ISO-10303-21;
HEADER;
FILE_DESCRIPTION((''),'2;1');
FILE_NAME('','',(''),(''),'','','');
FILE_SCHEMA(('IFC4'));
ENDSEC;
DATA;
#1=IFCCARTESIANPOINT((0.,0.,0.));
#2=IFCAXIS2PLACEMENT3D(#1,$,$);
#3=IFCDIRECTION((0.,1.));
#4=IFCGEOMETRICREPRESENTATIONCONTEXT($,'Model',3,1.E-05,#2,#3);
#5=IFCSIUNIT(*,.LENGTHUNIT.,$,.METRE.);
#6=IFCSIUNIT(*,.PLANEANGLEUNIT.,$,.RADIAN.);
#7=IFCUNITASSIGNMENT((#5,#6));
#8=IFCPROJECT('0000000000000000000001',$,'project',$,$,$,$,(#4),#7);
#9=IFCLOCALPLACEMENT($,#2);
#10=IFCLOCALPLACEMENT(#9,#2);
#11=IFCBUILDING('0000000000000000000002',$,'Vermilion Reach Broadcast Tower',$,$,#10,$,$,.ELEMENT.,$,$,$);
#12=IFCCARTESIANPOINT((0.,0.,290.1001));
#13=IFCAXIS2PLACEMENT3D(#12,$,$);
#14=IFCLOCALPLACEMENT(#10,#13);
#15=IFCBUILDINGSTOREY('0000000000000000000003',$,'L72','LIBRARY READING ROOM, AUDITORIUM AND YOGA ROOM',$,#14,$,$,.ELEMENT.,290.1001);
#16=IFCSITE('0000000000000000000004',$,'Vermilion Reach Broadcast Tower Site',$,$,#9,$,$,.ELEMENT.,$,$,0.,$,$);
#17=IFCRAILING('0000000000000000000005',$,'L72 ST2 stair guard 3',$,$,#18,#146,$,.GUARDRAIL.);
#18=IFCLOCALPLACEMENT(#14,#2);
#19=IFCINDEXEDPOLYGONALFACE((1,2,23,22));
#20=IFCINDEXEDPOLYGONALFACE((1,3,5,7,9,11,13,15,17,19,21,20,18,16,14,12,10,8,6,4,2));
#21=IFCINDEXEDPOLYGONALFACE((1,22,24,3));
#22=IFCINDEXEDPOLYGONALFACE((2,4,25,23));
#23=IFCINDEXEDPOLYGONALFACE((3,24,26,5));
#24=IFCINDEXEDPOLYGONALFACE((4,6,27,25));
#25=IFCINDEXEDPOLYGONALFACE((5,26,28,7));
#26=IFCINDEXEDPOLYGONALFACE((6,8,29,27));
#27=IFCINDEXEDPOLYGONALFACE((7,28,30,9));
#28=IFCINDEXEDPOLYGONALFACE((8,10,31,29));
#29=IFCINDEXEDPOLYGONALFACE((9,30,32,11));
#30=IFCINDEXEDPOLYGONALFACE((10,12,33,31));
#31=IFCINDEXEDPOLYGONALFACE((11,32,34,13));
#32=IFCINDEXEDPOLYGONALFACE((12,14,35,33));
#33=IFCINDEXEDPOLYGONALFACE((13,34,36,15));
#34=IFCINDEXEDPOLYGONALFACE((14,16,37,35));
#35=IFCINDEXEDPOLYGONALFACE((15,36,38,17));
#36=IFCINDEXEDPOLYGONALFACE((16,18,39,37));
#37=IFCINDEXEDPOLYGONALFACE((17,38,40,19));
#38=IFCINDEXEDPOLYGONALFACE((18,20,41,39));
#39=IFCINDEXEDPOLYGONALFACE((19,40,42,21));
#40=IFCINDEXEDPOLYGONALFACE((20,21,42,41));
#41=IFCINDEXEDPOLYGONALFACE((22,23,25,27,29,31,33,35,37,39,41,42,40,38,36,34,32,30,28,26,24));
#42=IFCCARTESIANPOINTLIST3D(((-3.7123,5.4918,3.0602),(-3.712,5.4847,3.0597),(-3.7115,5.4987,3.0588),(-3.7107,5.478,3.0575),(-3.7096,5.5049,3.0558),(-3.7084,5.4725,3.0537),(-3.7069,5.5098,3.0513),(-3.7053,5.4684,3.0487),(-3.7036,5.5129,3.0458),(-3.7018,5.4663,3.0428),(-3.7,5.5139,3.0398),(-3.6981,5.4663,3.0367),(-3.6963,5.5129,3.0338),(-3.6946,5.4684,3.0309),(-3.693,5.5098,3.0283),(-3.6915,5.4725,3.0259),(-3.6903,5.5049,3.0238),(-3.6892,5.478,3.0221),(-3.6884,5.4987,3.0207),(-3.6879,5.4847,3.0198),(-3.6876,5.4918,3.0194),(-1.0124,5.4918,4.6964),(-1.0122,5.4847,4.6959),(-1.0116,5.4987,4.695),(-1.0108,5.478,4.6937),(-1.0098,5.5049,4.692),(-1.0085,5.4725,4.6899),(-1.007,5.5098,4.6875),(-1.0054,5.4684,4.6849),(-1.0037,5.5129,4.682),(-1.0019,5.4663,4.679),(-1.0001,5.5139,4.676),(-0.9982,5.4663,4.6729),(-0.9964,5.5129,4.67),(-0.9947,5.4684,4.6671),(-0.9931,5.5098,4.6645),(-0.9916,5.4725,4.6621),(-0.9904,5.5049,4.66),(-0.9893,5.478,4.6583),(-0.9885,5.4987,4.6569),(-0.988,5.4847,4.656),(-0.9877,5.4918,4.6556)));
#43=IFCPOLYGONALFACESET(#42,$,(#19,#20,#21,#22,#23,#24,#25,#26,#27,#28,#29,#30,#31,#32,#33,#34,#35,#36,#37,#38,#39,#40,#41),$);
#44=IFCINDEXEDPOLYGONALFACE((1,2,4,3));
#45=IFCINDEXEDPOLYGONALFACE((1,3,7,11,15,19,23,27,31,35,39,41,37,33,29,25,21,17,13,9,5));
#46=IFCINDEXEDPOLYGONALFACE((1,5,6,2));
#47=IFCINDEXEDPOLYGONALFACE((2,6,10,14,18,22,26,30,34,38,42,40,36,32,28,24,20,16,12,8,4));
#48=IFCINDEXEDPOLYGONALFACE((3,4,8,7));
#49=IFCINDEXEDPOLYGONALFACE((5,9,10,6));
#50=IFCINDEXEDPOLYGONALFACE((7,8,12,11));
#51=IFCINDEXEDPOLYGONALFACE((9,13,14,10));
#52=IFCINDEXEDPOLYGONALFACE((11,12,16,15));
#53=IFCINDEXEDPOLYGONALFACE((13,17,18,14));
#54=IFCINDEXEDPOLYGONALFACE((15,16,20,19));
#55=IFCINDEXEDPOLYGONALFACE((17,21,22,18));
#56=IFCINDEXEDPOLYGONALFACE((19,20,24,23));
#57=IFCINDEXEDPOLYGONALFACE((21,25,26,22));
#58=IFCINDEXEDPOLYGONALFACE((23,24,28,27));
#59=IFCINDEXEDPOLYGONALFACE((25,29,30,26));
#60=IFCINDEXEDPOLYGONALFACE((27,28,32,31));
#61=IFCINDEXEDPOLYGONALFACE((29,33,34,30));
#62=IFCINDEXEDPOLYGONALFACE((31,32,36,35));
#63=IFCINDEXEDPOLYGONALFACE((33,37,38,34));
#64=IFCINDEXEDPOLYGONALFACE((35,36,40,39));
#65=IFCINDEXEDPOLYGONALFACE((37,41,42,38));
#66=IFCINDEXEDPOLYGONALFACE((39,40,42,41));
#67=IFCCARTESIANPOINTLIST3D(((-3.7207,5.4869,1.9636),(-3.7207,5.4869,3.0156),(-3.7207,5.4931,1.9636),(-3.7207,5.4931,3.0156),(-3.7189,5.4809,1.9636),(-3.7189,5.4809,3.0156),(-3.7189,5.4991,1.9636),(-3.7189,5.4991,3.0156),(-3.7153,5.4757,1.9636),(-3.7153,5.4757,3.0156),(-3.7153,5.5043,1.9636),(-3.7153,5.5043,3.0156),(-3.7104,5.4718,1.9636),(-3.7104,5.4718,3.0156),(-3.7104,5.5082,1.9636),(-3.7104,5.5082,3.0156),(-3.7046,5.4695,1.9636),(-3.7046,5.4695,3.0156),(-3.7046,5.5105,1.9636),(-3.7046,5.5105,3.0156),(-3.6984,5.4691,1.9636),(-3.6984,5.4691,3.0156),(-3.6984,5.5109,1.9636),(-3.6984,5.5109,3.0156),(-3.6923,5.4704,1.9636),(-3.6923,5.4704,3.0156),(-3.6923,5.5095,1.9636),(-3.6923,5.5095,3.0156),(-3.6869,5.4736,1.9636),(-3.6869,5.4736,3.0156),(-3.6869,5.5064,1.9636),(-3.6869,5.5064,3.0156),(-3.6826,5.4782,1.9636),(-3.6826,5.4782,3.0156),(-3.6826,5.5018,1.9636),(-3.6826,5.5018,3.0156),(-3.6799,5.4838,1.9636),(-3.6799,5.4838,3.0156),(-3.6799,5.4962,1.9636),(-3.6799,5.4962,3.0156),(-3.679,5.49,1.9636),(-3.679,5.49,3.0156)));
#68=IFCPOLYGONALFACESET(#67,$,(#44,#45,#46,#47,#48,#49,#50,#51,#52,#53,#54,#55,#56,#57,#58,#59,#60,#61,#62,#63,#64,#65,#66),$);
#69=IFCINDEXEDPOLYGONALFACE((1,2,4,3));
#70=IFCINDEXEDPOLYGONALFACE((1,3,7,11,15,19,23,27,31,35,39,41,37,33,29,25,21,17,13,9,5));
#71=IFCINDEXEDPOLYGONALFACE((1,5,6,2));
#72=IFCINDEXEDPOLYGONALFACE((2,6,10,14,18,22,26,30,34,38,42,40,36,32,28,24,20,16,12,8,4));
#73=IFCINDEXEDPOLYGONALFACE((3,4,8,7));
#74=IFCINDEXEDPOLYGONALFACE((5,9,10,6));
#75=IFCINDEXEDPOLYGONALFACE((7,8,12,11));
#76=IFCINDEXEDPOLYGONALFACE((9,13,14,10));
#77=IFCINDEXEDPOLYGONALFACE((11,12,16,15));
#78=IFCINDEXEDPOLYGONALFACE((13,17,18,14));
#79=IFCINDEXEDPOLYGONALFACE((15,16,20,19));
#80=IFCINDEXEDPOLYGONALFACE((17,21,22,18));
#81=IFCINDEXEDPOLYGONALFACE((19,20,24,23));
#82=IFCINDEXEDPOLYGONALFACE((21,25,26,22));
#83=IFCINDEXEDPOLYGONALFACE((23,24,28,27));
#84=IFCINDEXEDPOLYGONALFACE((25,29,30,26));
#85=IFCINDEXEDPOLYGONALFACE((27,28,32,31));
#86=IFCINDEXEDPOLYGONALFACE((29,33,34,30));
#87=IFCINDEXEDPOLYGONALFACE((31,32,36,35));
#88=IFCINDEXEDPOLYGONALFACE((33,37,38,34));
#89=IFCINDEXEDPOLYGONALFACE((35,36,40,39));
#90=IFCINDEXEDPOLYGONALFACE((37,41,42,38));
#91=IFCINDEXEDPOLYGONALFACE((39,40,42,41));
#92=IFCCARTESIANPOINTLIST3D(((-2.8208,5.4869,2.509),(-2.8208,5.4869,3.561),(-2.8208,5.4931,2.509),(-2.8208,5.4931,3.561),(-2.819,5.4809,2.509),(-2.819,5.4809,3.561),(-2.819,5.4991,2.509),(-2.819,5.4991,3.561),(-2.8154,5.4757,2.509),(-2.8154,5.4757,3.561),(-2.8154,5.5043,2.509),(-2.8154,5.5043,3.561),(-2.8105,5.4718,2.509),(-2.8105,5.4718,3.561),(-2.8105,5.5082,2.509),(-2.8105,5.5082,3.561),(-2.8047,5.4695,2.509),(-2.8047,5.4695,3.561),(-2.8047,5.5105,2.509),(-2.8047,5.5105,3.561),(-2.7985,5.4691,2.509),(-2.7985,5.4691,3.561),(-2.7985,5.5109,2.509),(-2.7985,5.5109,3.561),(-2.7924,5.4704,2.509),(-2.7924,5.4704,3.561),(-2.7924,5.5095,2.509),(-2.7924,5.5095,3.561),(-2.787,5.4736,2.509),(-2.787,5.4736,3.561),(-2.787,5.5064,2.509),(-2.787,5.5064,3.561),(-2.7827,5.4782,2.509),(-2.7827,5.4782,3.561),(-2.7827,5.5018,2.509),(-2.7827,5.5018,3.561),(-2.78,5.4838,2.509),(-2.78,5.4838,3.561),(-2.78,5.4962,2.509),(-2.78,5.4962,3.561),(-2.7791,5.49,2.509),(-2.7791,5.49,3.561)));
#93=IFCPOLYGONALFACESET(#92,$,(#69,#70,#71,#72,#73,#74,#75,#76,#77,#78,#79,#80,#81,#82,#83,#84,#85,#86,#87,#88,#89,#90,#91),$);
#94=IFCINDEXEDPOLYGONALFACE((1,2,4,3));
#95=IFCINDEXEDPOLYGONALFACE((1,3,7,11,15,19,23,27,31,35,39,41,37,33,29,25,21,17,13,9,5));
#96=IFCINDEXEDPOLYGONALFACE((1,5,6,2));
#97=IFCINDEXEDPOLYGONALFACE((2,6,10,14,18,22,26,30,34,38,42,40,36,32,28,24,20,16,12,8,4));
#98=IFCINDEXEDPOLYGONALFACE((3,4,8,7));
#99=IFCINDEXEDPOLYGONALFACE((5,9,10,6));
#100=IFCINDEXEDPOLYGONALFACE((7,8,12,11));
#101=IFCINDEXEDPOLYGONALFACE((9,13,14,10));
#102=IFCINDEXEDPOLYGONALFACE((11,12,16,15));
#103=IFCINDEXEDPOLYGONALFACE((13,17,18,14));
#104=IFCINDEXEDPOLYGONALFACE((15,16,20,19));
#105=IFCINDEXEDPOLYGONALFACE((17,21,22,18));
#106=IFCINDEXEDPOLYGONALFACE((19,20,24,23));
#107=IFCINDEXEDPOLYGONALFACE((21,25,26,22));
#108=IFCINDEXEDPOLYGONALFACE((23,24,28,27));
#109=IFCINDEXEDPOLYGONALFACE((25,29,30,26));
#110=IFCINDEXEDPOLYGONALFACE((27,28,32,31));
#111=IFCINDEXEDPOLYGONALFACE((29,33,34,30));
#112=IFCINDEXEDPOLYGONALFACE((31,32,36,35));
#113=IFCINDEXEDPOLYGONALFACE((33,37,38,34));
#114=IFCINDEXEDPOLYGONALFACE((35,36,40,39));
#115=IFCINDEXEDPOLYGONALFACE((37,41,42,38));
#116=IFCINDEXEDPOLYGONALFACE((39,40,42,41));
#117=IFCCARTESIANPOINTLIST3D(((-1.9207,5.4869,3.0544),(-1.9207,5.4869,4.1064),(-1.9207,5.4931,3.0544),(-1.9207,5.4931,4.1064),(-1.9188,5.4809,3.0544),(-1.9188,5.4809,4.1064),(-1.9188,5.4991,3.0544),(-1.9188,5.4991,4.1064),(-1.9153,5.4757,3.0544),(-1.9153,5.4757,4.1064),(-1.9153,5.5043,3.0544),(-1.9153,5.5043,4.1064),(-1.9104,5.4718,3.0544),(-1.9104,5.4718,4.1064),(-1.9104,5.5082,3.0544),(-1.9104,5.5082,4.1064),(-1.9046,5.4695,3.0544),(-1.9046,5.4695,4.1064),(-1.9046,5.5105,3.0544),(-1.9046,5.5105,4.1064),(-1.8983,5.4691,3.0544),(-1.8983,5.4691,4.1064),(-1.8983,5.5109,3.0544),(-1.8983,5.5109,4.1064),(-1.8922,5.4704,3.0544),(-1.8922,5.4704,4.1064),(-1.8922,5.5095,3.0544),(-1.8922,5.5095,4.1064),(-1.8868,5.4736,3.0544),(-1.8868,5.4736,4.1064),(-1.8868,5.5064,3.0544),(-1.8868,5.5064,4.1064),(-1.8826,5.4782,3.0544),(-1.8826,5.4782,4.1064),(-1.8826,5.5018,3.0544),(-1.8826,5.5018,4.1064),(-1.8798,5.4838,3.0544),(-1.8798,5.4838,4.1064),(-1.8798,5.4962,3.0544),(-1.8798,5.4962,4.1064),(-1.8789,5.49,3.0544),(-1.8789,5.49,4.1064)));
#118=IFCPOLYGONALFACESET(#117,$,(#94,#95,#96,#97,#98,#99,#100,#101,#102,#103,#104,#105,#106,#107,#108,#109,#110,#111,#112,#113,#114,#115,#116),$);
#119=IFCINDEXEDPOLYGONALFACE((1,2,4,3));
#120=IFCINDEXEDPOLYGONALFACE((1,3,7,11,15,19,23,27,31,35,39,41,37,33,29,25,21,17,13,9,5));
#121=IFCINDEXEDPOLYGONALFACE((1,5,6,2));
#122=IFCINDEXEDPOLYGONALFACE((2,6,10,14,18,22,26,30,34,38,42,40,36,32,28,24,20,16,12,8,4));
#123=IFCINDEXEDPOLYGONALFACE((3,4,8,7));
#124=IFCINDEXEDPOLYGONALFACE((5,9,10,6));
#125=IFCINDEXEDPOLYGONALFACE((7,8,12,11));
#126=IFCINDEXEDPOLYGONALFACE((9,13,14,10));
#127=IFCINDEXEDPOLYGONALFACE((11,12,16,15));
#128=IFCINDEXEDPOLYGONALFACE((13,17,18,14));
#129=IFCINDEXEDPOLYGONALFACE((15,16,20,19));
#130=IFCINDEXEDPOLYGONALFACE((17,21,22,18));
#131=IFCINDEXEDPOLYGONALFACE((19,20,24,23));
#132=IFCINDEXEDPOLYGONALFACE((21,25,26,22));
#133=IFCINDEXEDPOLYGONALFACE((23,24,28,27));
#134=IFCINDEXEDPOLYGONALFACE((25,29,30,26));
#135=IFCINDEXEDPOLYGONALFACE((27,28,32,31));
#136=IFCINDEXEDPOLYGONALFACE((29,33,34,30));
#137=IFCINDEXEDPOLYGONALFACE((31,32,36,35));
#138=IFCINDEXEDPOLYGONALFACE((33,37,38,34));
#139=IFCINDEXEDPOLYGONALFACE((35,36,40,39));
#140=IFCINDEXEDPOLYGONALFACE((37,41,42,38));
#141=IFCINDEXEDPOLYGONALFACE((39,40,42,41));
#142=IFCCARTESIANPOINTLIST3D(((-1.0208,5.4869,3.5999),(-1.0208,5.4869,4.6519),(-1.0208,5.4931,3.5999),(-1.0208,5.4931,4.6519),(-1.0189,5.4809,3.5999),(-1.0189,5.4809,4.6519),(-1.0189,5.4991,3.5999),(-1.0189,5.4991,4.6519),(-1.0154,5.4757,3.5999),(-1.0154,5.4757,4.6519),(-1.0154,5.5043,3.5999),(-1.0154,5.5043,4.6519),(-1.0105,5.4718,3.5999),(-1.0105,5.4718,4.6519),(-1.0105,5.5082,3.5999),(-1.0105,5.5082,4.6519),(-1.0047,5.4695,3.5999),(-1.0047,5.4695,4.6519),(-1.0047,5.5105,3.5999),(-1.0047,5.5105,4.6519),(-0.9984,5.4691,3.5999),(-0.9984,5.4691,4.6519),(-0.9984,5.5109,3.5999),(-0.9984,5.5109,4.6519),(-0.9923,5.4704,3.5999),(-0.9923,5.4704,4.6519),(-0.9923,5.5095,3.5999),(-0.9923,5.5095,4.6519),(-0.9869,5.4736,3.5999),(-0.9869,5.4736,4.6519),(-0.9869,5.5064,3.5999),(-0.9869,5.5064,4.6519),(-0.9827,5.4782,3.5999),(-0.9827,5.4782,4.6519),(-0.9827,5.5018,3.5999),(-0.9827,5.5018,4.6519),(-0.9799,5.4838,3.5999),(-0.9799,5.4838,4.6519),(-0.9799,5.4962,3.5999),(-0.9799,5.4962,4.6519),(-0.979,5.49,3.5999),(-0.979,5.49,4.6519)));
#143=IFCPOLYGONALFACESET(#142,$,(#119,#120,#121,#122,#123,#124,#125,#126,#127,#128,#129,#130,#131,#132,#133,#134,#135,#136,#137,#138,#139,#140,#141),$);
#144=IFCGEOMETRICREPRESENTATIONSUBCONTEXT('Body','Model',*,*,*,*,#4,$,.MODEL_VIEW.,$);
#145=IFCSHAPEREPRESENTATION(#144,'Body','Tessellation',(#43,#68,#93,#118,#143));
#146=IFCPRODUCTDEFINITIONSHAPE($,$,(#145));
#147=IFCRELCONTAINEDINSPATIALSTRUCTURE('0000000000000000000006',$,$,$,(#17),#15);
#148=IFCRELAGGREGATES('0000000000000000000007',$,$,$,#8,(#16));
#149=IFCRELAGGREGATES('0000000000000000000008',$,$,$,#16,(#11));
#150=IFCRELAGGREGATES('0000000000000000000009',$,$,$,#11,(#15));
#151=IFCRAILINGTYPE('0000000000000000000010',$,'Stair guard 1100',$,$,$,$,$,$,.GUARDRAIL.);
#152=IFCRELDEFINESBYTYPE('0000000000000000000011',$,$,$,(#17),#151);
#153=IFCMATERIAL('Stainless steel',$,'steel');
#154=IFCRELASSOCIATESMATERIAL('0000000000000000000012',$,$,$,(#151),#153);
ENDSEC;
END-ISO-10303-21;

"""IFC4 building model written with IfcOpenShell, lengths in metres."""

from ifc_helpers import new_model, si_unit, direction, frame, origin, origin_2d, place, context, subcontext, project, spatial, circle, extrude, material, type_object, element, save


model = new_model("IFC4")

# Units and contexts
model_context = context("Model", 3, precision=1e-05, world=origin(), true_north=direction((0.0, 1.0)))
body_context = subcontext(model_context, "Body", "Model", "MODEL_VIEW")
ifc_project = project(units=[si_unit("LENGTHUNIT", "METRE"), si_unit("PLANEANGLEUNIT", "RADIAN")], contexts=[model_context])

# Site, building, storey
site_placement = place(None, origin())
site = spatial("IfcSite", under=ifc_project, at=site_placement, Name="Vermilion Reach Broadcast Tower Site", CompositionType="ELEMENT", RefElevation=0.0)
building_placement = place(site_placement, origin())
building = spatial("IfcBuilding", under=site, at=building_placement, Name="Vermilion Reach Broadcast Tower", CompositionType="ELEMENT")
storey_placement = place(building_placement, frame((0.0, 0.0, 290.1001)))
storey = spatial("IfcBuildingStorey", under=building, at=storey_placement, Name="L72", Description="LIBRARY READING ROOM, AUDITORIUM AND YOGA ROOM", CompositionType="ELEMENT", Elevation=290.1001)

# Railing
ifc_material_1 = material(Name="Stainless steel", Category="steel")
railing_type_1 = type_object("IfcRailingType", Name="Stair guard 1100", PredefinedType="GUARDRAIL", material=ifc_material_1)
railing_1_placement = place(storey_placement, frame((-3.7, 5.49, 1.9636)))
element("IfcRailing", 1, at=railing_1_placement, inside=storey, type_object=railing_type_1, Name="L72 ST2 stair guard 3", PredefinedType="GUARDRAIL", context=body_context, shape_type="SweptSolid", body=[
    extrude(circle(Radius=0.0239, at=origin_2d()), frame((0.0, 0.0, 1.0762), z_axis=(0.855212, 0.0, 0.518278), x_axis=(0.0, 1.0, 0.0)), (0.0, 0.0, 1.0), 3.157),
    extrude(circle(Radius=0.021, at=origin_2d()), origin(), (0.0, 0.0, 1.0), 1.052),
    extrude(circle(Radius=0.021, at=origin_2d()), frame((0.8999, 0.0, 0.5454)), (0.0, 0.0, 1.0), 1.052),
    extrude(circle(Radius=0.021, at=origin_2d()), frame((1.8, 0.0, 1.0908)), (0.0, 0.0, 1.0), 1.052),
    extrude(circle(Radius=0.021, at=origin_2d()), frame((2.7, 0.0, 1.6362)), (0.0, 0.0, 1.0), 1.052),
])

save(model, "model.ifc")
